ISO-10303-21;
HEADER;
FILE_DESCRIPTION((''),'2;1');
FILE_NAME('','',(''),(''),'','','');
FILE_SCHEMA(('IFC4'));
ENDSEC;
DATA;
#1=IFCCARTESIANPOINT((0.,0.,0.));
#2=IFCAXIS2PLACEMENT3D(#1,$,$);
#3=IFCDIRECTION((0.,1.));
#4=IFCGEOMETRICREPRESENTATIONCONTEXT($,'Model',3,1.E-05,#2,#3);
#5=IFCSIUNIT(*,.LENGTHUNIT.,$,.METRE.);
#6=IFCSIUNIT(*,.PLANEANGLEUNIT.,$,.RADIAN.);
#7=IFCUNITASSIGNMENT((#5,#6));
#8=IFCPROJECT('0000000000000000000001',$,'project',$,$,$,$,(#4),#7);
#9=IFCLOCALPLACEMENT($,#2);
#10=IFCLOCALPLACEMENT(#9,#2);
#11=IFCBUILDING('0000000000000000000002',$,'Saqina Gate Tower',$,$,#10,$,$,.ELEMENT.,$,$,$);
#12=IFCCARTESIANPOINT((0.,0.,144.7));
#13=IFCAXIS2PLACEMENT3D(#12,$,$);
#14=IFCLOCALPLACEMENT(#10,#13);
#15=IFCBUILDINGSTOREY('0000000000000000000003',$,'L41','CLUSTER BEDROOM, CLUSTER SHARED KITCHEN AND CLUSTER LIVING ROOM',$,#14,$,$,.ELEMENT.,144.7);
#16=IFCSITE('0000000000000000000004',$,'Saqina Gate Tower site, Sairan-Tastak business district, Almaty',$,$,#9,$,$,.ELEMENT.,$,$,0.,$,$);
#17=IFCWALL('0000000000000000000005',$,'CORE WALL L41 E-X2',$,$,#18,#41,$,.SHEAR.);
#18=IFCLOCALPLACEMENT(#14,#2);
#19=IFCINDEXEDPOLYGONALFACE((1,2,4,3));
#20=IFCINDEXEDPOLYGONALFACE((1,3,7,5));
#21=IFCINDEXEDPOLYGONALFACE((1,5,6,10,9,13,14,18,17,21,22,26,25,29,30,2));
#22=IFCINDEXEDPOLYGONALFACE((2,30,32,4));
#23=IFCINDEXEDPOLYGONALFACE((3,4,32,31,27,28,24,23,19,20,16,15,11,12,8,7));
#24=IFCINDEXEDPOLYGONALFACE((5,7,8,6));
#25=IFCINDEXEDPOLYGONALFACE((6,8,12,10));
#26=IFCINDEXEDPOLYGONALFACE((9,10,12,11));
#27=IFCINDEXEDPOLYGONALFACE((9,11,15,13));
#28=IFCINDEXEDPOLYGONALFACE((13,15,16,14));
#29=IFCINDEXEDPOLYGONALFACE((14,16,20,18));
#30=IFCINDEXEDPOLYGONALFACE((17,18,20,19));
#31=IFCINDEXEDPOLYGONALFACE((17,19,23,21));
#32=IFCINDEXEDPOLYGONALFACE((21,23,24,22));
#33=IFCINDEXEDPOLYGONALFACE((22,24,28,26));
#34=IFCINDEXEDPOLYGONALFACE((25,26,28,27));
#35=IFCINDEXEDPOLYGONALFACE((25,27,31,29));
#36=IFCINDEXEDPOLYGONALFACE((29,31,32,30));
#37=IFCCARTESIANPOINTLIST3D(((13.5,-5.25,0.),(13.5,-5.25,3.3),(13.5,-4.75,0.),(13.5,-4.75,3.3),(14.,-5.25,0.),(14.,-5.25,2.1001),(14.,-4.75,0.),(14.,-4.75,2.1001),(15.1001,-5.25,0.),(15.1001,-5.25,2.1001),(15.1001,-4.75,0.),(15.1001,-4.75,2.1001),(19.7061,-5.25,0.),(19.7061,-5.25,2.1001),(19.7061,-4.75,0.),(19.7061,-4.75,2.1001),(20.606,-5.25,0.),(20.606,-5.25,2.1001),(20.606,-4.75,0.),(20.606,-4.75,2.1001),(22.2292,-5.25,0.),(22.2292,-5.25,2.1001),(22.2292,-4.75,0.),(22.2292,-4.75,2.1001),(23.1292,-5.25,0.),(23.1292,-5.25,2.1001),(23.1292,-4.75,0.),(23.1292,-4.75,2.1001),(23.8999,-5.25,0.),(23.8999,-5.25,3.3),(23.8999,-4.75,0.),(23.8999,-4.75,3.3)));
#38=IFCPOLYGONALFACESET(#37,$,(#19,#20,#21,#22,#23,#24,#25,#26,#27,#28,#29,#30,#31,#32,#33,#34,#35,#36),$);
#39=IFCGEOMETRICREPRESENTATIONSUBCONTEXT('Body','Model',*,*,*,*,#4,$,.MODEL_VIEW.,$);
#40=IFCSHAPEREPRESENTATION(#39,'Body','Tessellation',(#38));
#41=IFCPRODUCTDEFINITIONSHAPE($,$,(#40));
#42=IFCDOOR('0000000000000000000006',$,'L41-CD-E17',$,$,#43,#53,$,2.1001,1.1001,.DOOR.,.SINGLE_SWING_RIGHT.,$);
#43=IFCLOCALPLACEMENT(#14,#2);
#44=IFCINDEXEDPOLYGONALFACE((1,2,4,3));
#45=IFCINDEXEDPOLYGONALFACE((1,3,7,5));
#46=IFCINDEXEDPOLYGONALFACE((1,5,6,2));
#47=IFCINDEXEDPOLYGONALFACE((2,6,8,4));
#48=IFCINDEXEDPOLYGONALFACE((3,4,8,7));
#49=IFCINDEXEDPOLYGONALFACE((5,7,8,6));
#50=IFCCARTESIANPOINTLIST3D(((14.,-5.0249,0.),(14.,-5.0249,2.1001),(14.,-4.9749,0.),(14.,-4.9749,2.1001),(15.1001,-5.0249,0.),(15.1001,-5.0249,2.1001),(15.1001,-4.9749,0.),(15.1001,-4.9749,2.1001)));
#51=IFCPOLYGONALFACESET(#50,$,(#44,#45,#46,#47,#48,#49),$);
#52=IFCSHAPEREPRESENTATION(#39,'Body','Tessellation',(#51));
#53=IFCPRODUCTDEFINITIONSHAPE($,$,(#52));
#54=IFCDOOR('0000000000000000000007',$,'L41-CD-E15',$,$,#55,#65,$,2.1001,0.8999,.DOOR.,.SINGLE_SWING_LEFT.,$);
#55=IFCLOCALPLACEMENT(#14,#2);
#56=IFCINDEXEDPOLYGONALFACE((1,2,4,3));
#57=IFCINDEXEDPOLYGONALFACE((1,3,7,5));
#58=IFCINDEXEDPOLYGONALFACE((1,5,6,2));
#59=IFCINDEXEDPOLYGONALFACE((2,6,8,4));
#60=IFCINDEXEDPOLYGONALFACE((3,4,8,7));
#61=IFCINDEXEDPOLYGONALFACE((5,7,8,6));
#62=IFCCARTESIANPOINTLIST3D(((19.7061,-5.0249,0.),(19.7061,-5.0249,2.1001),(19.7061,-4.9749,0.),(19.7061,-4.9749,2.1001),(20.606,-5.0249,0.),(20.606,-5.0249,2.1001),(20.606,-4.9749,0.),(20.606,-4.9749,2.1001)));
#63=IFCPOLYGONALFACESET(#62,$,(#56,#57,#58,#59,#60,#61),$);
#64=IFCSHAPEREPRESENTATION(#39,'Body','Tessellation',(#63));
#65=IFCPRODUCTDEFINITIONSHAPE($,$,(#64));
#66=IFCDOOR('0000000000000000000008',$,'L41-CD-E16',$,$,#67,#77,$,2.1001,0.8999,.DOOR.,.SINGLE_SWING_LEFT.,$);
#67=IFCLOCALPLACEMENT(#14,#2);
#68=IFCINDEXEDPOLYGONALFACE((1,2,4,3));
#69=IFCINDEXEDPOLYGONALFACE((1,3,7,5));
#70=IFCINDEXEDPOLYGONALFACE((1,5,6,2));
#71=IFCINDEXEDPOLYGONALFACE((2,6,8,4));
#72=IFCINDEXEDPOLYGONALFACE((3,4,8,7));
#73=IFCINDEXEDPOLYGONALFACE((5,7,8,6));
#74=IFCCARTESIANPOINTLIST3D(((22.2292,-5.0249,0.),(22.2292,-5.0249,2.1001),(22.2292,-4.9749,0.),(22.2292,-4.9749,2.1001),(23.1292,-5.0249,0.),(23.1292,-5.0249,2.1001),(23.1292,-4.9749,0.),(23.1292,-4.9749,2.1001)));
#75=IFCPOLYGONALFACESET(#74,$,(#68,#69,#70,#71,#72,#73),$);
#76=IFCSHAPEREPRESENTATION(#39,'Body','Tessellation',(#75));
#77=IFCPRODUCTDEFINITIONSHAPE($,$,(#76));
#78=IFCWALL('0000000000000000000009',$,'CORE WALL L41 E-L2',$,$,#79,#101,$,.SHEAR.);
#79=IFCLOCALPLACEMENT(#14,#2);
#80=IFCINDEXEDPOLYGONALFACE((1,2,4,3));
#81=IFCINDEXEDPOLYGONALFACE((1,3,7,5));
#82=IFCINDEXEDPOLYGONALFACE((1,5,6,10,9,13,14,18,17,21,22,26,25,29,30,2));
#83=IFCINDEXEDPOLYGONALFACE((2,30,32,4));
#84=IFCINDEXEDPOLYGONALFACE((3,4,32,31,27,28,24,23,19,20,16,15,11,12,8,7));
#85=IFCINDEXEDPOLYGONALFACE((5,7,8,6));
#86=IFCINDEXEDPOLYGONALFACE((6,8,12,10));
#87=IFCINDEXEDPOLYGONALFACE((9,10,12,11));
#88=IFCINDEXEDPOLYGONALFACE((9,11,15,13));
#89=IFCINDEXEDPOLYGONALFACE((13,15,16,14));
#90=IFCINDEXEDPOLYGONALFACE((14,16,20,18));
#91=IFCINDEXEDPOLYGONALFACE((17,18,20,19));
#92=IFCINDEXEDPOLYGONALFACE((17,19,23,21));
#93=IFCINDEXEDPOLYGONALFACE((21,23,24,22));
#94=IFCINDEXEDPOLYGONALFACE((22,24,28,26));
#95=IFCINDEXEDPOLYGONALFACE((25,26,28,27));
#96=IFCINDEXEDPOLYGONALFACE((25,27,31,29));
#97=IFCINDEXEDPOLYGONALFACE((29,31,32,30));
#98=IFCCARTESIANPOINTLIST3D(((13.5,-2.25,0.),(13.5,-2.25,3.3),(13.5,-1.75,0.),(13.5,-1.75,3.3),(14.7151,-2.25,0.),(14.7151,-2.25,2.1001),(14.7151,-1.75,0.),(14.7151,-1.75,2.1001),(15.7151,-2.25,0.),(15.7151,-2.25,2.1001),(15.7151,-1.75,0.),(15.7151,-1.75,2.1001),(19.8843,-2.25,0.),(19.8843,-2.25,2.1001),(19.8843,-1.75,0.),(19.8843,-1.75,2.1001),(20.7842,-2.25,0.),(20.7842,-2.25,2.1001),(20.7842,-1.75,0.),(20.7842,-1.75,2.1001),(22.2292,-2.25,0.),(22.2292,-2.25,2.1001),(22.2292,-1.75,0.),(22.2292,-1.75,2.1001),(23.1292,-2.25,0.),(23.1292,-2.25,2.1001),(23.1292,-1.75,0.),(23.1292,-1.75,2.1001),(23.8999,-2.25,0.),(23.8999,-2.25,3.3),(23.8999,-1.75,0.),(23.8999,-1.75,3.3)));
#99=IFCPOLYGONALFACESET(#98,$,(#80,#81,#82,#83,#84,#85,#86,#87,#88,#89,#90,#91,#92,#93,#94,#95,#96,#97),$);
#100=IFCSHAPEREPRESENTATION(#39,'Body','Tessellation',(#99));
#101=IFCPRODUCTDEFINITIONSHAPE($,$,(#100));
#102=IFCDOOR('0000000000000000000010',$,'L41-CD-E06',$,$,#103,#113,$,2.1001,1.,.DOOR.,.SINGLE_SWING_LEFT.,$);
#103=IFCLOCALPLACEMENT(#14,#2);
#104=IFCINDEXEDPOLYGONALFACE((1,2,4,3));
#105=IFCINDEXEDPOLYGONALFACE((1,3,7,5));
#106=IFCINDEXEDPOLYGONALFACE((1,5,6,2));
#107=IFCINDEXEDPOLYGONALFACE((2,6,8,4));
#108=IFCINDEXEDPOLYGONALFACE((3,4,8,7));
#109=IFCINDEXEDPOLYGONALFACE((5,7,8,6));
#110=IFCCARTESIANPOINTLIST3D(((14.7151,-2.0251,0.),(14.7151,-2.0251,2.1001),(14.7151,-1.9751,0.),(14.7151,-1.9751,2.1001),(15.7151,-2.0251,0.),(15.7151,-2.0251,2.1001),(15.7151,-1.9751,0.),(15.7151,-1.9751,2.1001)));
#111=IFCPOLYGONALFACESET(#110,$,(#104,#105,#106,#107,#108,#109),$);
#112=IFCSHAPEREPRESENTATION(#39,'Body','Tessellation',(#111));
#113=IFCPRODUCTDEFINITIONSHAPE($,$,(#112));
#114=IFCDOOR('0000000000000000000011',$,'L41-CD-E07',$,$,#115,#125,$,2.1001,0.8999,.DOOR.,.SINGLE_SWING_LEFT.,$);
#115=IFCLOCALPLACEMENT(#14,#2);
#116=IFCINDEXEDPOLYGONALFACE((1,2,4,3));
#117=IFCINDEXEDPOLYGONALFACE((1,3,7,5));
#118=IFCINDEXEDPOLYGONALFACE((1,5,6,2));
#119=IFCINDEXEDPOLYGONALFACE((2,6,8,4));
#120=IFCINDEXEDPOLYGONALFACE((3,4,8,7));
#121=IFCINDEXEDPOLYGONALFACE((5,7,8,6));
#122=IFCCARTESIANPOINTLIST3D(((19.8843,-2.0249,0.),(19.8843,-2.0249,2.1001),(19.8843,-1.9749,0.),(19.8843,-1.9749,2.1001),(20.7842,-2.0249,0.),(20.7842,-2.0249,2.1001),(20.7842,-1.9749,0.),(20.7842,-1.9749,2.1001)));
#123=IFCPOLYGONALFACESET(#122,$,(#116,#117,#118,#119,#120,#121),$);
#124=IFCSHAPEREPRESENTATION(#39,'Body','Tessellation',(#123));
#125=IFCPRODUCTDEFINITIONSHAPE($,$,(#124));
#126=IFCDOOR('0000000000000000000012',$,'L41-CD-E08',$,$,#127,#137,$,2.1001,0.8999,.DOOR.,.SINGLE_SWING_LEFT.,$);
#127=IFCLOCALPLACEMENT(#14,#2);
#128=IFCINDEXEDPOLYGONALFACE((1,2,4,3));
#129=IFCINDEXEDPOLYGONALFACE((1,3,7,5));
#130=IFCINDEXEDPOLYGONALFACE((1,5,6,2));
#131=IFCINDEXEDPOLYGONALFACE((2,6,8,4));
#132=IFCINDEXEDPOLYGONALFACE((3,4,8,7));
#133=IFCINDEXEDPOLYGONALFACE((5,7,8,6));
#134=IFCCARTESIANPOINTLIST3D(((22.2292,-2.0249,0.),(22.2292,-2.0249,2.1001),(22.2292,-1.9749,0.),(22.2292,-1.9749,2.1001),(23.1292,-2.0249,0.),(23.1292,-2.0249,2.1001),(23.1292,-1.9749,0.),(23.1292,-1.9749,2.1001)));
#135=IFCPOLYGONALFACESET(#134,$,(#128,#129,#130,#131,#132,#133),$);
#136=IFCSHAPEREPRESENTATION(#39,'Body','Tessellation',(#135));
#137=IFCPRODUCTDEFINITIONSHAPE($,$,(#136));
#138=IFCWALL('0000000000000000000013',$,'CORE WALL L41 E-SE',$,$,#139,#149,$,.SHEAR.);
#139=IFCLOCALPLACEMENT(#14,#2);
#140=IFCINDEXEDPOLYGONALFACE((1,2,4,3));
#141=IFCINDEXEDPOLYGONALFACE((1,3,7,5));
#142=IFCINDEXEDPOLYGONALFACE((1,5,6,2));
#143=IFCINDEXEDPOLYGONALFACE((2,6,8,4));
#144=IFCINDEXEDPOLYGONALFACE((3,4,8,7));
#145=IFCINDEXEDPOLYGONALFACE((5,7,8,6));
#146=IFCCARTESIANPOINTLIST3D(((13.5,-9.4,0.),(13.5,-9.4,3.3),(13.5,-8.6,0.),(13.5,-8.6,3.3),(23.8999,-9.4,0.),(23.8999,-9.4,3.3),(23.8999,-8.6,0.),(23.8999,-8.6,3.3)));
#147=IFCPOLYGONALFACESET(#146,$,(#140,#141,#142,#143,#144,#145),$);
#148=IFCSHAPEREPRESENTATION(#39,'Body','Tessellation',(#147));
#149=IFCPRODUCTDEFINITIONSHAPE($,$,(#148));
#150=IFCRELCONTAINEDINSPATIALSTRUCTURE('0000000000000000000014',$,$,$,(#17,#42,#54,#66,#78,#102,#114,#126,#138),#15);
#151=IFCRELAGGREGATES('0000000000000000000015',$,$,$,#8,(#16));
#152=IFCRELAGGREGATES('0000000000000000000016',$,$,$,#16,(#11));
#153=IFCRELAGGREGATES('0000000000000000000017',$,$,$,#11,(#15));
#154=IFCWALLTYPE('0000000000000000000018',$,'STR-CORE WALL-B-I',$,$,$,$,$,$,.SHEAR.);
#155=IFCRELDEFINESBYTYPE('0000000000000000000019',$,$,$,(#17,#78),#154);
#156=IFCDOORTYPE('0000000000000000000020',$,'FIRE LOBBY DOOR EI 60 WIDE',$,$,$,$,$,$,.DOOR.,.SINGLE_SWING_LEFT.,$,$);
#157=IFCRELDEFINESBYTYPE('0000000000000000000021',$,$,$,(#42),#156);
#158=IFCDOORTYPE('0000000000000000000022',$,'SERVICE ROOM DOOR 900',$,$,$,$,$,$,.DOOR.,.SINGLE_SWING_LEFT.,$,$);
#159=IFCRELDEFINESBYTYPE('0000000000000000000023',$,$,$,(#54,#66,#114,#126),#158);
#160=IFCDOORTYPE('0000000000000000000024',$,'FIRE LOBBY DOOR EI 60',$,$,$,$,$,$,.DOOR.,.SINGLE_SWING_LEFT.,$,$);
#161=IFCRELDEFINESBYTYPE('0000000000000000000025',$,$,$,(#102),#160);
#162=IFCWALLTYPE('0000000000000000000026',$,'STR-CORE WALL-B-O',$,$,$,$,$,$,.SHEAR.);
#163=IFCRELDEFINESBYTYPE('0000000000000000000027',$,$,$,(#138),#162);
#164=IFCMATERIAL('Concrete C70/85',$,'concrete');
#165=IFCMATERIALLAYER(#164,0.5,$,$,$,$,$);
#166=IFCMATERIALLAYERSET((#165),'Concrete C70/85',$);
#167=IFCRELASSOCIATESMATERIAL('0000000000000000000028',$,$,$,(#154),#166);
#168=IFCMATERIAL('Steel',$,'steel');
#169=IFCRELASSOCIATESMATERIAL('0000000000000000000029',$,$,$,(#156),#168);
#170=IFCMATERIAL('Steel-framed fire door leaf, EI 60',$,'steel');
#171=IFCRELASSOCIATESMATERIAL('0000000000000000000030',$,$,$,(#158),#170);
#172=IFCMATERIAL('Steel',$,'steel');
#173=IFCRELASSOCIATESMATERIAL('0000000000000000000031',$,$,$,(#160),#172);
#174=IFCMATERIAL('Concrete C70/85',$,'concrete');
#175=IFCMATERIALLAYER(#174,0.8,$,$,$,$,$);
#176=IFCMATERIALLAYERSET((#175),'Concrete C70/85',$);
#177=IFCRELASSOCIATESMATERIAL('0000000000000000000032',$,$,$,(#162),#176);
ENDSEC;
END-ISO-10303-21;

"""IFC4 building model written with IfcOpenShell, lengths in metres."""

from ifc_helpers import new_model, si_unit, direction, frame, frame_2d, origin, place, context, subcontext, project, spatial, rectangle, extrude, material, layer, layer_set, type_object, element, fill, save


model = new_model("IFC4")

# Units and contexts
model_context = context("Model", 3, precision=1e-05, world=origin(), true_north=direction((0.0, 1.0)))
body_context = subcontext(model_context, "Body", "Model", "MODEL_VIEW")
ifc_project = project(units=[si_unit("LENGTHUNIT", "METRE"), si_unit("PLANEANGLEUNIT", "RADIAN")], contexts=[model_context])

# Site, building, storey
site_placement = place(None, origin())
site = spatial("IfcSite", under=ifc_project, at=site_placement, Name="Saqina Gate Tower site, Sairan-Tastak business district, Almaty", CompositionType="ELEMENT", RefElevation=0.0)
building_placement = place(site_placement, origin())
building = spatial("IfcBuilding", under=site, at=building_placement, Name="Saqina Gate Tower", CompositionType="ELEMENT")
storey_placement = place(building_placement, frame((0.0, 0.0, 144.7)))
storey = spatial("IfcBuildingStorey", under=building, at=storey_placement, Name="L41", Description="CLUSTER BEDROOM, CLUSTER SHARED KITCHEN AND CLUSTER LIVING ROOM", CompositionType="ELEMENT", Elevation=144.7)

# Walls, openings, doors
ifc_material_1 = material(Name="Concrete C70/85", Category="concrete")
ifc_layer_1 = layer(ifc_material_1, 0.5)
ifc_layer_set_1 = layer_set([ifc_layer_1], Name="Concrete C70/85")
wall_type_1 = type_object("IfcWallType", Name="STR-CORE WALL-B-I", PredefinedType="SHEAR", material=ifc_layer_set_1)
wall_1_placement = place(storey_placement, frame((13.5, -5.0, 0.0), z_axis=(0.0, 0.0, 1.0), x_axis=(1.0, 0.0, 0.0)))
wall_1 = element("IfcWall", 1, at=wall_1_placement, inside=storey, type_object=wall_type_1, Name="CORE WALL L41 E-X2", PredefinedType="SHEAR", context=body_context, shape_type="SweptSolid", body=[
    extrude(rectangle(XDim=10.3999, YDim=0.5, at=frame_2d((5.2, 0.0))), origin(), (0.0, 0.0, 1.0), 3.3),
])
opening_1_placement = place(wall_1_placement, frame((6.2061, 0.0, 0.0)))
opening_1 = element("IfcOpeningElement", 2, at=opening_1_placement, cuts=wall_1, PredefinedType="OPENING", context=body_context, shape_type="SweptSolid", body=[
    extrude(rectangle(XDim=0.8999, YDim=2.1001, at=frame_2d((0.45, 1.05))), frame((0.0, 0.262, 0.0), z_axis=(0.0, -1.0, 0.0), x_axis=(1.0, 0.0, 0.0)), (0.0, 0.0, 1.0), 0.5239),
])
opening_2_placement = place(wall_1_placement, frame((8.7292, 0.0, 0.0)))
opening_2 = element("IfcOpeningElement", 3, at=opening_2_placement, cuts=wall_1, PredefinedType="OPENING", context=body_context, shape_type="SweptSolid", body=[
    extrude(rectangle(XDim=0.8999, YDim=2.1001, at=frame_2d((0.45, 1.05))), frame((0.0, 0.262, 0.0), z_axis=(0.0, -1.0, 0.0), x_axis=(1.0, 0.0, 0.0)), (0.0, 0.0, 1.0), 0.5239),
])
opening_3_placement = place(wall_1_placement, frame((0.5, 0.0, 0.0)))
opening_3 = element("IfcOpeningElement", 4, at=opening_3_placement, cuts=wall_1, PredefinedType="OPENING", context=body_context, shape_type="SweptSolid", body=[
    extrude(rectangle(XDim=1.1001, YDim=2.1001, at=frame_2d((0.55, 1.05))), frame((0.0, 0.262, 0.0), z_axis=(0.0, -1.0, 0.0), x_axis=(1.0, 0.0, 0.0)), (0.0, 0.0, 1.0), 0.5239),
])
ifc_material_2 = material(Name="Steel", Category="steel")
door_type_1 = type_object("IfcDoorType", Name="FIRE LOBBY DOOR EI 60 WIDE", OperationType="SINGLE_SWING_LEFT", PredefinedType="DOOR", material=ifc_material_2)
door_1_placement = place(opening_3_placement, frame((1.1001, 0.0, 0.0), z_axis=(0.0, 0.0, 1.0), x_axis=(-1.0, 0.0, 0.0)))
door_1 = element("IfcDoor", 5, at=door_1_placement, inside=storey, type_object=door_type_1, Name="L41-CD-E17", OperationType="SINGLE_SWING_RIGHT", OverallHeight=2.1001, OverallWidth=1.1001, PredefinedType="DOOR", context=body_context, shape_type="SweptSolid", body=[
    extrude(rectangle(XDim=1.1001, YDim=2.1001, at=frame_2d((0.55, 1.05))), frame((0.0, 0.0249, 0.0), z_axis=(0.0, -1.0, 0.0), x_axis=(1.0, 0.0, 0.0)), (0.0, 0.0, 1.0), 0.05),
])
fill(opening_3, door_1)
ifc_material_3 = material(Name="Steel-framed fire door leaf, EI 60", Category="steel")
door_type_2 = type_object("IfcDoorType", Name="SERVICE ROOM DOOR 900", OperationType="SINGLE_SWING_LEFT", PredefinedType="DOOR", material=ifc_material_3)
door_2_placement = place(opening_1_placement, frame((0.8999, 0.0, 0.0), z_axis=(0.0, 0.0, 1.0), x_axis=(-1.0, 0.0, 0.0)))
door_2 = element("IfcDoor", 6, at=door_2_placement, inside=storey, type_object=door_type_2, Name="L41-CD-E15", OperationType="SINGLE_SWING_LEFT", OverallHeight=2.1001, OverallWidth=0.8999, PredefinedType="DOOR", context=body_context, shape_type="SweptSolid", body=[
    extrude(rectangle(XDim=0.8999, YDim=2.1001, at=frame_2d((0.45, 1.05))), frame((0.0, 0.0249, 0.0), z_axis=(0.0, -1.0, 0.0), x_axis=(1.0, 0.0, 0.0)), (0.0, 0.0, 1.0), 0.05),
])
fill(opening_1, door_2)
door_3_placement = place(opening_2_placement, frame((0.8999, 0.0, 0.0), z_axis=(0.0, 0.0, 1.0), x_axis=(-1.0, 0.0, 0.0)))
door_3 = element("IfcDoor", 7, at=door_3_placement, inside=storey, type_object=door_type_2, Name="L41-CD-E16", OperationType="SINGLE_SWING_LEFT", OverallHeight=2.1001, OverallWidth=0.8999, PredefinedType="DOOR", context=body_context, shape_type="SweptSolid", body=[
    extrude(rectangle(XDim=0.8999, YDim=2.1001, at=frame_2d((0.45, 1.05))), frame((0.0, 0.0249, 0.0), z_axis=(0.0, -1.0, 0.0), x_axis=(1.0, 0.0, 0.0)), (0.0, 0.0, 1.0), 0.05),
])
fill(opening_2, door_3)
wall_2_placement = place(storey_placement, frame((13.5, -2.0, 0.0), z_axis=(0.0, 0.0, 1.0), x_axis=(1.0, 0.0, 0.0)))
wall_2 = element("IfcWall", 8, at=wall_2_placement, inside=storey, type_object=wall_type_1, Name="CORE WALL L41 E-L2", PredefinedType="SHEAR", context=body_context, shape_type="SweptSolid", body=[
    extrude(rectangle(XDim=10.3999, YDim=0.5, at=frame_2d((5.2, 0.0))), origin(), (0.0, 0.0, 1.0), 3.3),
])
opening_4_placement = place(wall_2_placement, frame((1.2151, 0.0, 0.0)))
opening_4 = element("IfcOpeningElement", 9, at=opening_4_placement, cuts=wall_2, PredefinedType="OPENING", context=body_context, shape_type="SweptSolid", body=[
    extrude(rectangle(XDim=1.0, YDim=2.1001, at=frame_2d((0.5, 1.05))), frame((0.0, 0.262, 0.0), z_axis=(0.0, -1.0, 0.0), x_axis=(1.0, 0.0, 0.0)), (0.0, 0.0, 1.0), 0.5239),
])
opening_5_placement = place(wall_2_placement, frame((6.3843, 0.0, 0.0)))
opening_5 = element("IfcOpeningElement", 10, at=opening_5_placement, cuts=wall_2, PredefinedType="OPENING", context=body_context, shape_type="SweptSolid", body=[
    extrude(rectangle(XDim=0.8999, YDim=2.1001, at=frame_2d((0.45, 1.05))), frame((0.0, 0.262, 0.0), z_axis=(0.0, -1.0, 0.0), x_axis=(1.0, 0.0, 0.0)), (0.0, 0.0, 1.0), 0.5239),
])
opening_6_placement = place(wall_2_placement, frame((8.7292, 0.0, 0.0)))
opening_6 = element("IfcOpeningElement", 11, at=opening_6_placement, cuts=wall_2, PredefinedType="OPENING", context=body_context, shape_type="SweptSolid", body=[
    extrude(rectangle(XDim=0.8999, YDim=2.1001, at=frame_2d((0.45, 1.05))), frame((0.0, 0.262, 0.0), z_axis=(0.0, -1.0, 0.0), x_axis=(1.0, 0.0, 0.0)), (0.0, 0.0, 1.0), 0.5239),
])
ifc_material_4 = material(Name="Steel", Category="steel")
door_type_3 = type_object("IfcDoorType", Name="FIRE LOBBY DOOR EI 60", OperationType="SINGLE_SWING_LEFT", PredefinedType="DOOR", material=ifc_material_4)
door_4_placement = place(opening_4_placement, origin())
door_4 = element("IfcDoor", 12, at=door_4_placement, inside=storey, type_object=door_type_3, Name="L41-CD-E06", OperationType="SINGLE_SWING_LEFT", OverallHeight=2.1001, OverallWidth=1.0, PredefinedType="DOOR", context=body_context, shape_type="SweptSolid", body=[
    extrude(rectangle(XDim=1.0, YDim=2.1001, at=frame_2d((0.5, 1.05))), frame((0.0, 0.0249, 0.0), z_axis=(0.0, -1.0, 0.0), x_axis=(1.0, 0.0, 0.0)), (0.0, 0.0, 1.0), 0.05),
])
fill(opening_4, door_4)
door_5_placement = place(opening_5_placement, frame((0.8999, 0.0, 0.0), z_axis=(0.0, 0.0, 1.0), x_axis=(-1.0, 0.0, 0.0)))
door_5 = element("IfcDoor", 13, at=door_5_placement, inside=storey, type_object=door_type_2, Name="L41-CD-E07", OperationType="SINGLE_SWING_LEFT", OverallHeight=2.1001, OverallWidth=0.8999, PredefinedType="DOOR", context=body_context, shape_type="SweptSolid", body=[
    extrude(rectangle(XDim=0.8999, YDim=2.1001, at=frame_2d((0.45, 1.05))), frame((0.0, 0.0249, 0.0), z_axis=(0.0, -1.0, 0.0), x_axis=(1.0, 0.0, 0.0)), (0.0, 0.0, 1.0), 0.05),
])
fill(opening_5, door_5)
door_6_placement = place(opening_6_placement, frame((0.8999, 0.0, 0.0), z_axis=(0.0, 0.0, 1.0), x_axis=(-1.0, 0.0, 0.0)))
door_6 = element("IfcDoor", 14, at=door_6_placement, inside=storey, type_object=door_type_2, Name="L41-CD-E08", OperationType="SINGLE_SWING_LEFT", OverallHeight=2.1001, OverallWidth=0.8999, PredefinedType="DOOR", context=body_context, shape_type="SweptSolid", body=[
    extrude(rectangle(XDim=0.8999, YDim=2.1001, at=frame_2d((0.45, 1.05))), frame((0.0, 0.0249, 0.0), z_axis=(0.0, -1.0, 0.0), x_axis=(1.0, 0.0, 0.0)), (0.0, 0.0, 1.0), 0.05),
])
fill(opening_6, door_6)
ifc_material_5 = material(Name="Concrete C70/85", Category="concrete")
ifc_layer_2 = layer(ifc_material_5, 0.8)
ifc_layer_set_2 = layer_set([ifc_layer_2], Name="Concrete C70/85")
wall_type_2 = type_object("IfcWallType", Name="STR-CORE WALL-B-O", PredefinedType="SHEAR", material=ifc_layer_set_2)

# Wall
wall_3_placement = place(storey_placement, frame((13.5, -9.0, 0.0), z_axis=(0.0, 0.0, 1.0), x_axis=(1.0, 0.0, 0.0)))
element("IfcWall", 15, at=wall_3_placement, inside=storey, type_object=wall_type_2, Name="CORE WALL L41 E-SE", PredefinedType="SHEAR", context=body_context, shape_type="SweptSolid", body=[
    extrude(rectangle(XDim=10.3999, YDim=0.8, at=frame_2d((5.2, 0.0))), origin(), (0.0, 0.0, 1.0), 3.3),
])

save(model, "model.ifc")
